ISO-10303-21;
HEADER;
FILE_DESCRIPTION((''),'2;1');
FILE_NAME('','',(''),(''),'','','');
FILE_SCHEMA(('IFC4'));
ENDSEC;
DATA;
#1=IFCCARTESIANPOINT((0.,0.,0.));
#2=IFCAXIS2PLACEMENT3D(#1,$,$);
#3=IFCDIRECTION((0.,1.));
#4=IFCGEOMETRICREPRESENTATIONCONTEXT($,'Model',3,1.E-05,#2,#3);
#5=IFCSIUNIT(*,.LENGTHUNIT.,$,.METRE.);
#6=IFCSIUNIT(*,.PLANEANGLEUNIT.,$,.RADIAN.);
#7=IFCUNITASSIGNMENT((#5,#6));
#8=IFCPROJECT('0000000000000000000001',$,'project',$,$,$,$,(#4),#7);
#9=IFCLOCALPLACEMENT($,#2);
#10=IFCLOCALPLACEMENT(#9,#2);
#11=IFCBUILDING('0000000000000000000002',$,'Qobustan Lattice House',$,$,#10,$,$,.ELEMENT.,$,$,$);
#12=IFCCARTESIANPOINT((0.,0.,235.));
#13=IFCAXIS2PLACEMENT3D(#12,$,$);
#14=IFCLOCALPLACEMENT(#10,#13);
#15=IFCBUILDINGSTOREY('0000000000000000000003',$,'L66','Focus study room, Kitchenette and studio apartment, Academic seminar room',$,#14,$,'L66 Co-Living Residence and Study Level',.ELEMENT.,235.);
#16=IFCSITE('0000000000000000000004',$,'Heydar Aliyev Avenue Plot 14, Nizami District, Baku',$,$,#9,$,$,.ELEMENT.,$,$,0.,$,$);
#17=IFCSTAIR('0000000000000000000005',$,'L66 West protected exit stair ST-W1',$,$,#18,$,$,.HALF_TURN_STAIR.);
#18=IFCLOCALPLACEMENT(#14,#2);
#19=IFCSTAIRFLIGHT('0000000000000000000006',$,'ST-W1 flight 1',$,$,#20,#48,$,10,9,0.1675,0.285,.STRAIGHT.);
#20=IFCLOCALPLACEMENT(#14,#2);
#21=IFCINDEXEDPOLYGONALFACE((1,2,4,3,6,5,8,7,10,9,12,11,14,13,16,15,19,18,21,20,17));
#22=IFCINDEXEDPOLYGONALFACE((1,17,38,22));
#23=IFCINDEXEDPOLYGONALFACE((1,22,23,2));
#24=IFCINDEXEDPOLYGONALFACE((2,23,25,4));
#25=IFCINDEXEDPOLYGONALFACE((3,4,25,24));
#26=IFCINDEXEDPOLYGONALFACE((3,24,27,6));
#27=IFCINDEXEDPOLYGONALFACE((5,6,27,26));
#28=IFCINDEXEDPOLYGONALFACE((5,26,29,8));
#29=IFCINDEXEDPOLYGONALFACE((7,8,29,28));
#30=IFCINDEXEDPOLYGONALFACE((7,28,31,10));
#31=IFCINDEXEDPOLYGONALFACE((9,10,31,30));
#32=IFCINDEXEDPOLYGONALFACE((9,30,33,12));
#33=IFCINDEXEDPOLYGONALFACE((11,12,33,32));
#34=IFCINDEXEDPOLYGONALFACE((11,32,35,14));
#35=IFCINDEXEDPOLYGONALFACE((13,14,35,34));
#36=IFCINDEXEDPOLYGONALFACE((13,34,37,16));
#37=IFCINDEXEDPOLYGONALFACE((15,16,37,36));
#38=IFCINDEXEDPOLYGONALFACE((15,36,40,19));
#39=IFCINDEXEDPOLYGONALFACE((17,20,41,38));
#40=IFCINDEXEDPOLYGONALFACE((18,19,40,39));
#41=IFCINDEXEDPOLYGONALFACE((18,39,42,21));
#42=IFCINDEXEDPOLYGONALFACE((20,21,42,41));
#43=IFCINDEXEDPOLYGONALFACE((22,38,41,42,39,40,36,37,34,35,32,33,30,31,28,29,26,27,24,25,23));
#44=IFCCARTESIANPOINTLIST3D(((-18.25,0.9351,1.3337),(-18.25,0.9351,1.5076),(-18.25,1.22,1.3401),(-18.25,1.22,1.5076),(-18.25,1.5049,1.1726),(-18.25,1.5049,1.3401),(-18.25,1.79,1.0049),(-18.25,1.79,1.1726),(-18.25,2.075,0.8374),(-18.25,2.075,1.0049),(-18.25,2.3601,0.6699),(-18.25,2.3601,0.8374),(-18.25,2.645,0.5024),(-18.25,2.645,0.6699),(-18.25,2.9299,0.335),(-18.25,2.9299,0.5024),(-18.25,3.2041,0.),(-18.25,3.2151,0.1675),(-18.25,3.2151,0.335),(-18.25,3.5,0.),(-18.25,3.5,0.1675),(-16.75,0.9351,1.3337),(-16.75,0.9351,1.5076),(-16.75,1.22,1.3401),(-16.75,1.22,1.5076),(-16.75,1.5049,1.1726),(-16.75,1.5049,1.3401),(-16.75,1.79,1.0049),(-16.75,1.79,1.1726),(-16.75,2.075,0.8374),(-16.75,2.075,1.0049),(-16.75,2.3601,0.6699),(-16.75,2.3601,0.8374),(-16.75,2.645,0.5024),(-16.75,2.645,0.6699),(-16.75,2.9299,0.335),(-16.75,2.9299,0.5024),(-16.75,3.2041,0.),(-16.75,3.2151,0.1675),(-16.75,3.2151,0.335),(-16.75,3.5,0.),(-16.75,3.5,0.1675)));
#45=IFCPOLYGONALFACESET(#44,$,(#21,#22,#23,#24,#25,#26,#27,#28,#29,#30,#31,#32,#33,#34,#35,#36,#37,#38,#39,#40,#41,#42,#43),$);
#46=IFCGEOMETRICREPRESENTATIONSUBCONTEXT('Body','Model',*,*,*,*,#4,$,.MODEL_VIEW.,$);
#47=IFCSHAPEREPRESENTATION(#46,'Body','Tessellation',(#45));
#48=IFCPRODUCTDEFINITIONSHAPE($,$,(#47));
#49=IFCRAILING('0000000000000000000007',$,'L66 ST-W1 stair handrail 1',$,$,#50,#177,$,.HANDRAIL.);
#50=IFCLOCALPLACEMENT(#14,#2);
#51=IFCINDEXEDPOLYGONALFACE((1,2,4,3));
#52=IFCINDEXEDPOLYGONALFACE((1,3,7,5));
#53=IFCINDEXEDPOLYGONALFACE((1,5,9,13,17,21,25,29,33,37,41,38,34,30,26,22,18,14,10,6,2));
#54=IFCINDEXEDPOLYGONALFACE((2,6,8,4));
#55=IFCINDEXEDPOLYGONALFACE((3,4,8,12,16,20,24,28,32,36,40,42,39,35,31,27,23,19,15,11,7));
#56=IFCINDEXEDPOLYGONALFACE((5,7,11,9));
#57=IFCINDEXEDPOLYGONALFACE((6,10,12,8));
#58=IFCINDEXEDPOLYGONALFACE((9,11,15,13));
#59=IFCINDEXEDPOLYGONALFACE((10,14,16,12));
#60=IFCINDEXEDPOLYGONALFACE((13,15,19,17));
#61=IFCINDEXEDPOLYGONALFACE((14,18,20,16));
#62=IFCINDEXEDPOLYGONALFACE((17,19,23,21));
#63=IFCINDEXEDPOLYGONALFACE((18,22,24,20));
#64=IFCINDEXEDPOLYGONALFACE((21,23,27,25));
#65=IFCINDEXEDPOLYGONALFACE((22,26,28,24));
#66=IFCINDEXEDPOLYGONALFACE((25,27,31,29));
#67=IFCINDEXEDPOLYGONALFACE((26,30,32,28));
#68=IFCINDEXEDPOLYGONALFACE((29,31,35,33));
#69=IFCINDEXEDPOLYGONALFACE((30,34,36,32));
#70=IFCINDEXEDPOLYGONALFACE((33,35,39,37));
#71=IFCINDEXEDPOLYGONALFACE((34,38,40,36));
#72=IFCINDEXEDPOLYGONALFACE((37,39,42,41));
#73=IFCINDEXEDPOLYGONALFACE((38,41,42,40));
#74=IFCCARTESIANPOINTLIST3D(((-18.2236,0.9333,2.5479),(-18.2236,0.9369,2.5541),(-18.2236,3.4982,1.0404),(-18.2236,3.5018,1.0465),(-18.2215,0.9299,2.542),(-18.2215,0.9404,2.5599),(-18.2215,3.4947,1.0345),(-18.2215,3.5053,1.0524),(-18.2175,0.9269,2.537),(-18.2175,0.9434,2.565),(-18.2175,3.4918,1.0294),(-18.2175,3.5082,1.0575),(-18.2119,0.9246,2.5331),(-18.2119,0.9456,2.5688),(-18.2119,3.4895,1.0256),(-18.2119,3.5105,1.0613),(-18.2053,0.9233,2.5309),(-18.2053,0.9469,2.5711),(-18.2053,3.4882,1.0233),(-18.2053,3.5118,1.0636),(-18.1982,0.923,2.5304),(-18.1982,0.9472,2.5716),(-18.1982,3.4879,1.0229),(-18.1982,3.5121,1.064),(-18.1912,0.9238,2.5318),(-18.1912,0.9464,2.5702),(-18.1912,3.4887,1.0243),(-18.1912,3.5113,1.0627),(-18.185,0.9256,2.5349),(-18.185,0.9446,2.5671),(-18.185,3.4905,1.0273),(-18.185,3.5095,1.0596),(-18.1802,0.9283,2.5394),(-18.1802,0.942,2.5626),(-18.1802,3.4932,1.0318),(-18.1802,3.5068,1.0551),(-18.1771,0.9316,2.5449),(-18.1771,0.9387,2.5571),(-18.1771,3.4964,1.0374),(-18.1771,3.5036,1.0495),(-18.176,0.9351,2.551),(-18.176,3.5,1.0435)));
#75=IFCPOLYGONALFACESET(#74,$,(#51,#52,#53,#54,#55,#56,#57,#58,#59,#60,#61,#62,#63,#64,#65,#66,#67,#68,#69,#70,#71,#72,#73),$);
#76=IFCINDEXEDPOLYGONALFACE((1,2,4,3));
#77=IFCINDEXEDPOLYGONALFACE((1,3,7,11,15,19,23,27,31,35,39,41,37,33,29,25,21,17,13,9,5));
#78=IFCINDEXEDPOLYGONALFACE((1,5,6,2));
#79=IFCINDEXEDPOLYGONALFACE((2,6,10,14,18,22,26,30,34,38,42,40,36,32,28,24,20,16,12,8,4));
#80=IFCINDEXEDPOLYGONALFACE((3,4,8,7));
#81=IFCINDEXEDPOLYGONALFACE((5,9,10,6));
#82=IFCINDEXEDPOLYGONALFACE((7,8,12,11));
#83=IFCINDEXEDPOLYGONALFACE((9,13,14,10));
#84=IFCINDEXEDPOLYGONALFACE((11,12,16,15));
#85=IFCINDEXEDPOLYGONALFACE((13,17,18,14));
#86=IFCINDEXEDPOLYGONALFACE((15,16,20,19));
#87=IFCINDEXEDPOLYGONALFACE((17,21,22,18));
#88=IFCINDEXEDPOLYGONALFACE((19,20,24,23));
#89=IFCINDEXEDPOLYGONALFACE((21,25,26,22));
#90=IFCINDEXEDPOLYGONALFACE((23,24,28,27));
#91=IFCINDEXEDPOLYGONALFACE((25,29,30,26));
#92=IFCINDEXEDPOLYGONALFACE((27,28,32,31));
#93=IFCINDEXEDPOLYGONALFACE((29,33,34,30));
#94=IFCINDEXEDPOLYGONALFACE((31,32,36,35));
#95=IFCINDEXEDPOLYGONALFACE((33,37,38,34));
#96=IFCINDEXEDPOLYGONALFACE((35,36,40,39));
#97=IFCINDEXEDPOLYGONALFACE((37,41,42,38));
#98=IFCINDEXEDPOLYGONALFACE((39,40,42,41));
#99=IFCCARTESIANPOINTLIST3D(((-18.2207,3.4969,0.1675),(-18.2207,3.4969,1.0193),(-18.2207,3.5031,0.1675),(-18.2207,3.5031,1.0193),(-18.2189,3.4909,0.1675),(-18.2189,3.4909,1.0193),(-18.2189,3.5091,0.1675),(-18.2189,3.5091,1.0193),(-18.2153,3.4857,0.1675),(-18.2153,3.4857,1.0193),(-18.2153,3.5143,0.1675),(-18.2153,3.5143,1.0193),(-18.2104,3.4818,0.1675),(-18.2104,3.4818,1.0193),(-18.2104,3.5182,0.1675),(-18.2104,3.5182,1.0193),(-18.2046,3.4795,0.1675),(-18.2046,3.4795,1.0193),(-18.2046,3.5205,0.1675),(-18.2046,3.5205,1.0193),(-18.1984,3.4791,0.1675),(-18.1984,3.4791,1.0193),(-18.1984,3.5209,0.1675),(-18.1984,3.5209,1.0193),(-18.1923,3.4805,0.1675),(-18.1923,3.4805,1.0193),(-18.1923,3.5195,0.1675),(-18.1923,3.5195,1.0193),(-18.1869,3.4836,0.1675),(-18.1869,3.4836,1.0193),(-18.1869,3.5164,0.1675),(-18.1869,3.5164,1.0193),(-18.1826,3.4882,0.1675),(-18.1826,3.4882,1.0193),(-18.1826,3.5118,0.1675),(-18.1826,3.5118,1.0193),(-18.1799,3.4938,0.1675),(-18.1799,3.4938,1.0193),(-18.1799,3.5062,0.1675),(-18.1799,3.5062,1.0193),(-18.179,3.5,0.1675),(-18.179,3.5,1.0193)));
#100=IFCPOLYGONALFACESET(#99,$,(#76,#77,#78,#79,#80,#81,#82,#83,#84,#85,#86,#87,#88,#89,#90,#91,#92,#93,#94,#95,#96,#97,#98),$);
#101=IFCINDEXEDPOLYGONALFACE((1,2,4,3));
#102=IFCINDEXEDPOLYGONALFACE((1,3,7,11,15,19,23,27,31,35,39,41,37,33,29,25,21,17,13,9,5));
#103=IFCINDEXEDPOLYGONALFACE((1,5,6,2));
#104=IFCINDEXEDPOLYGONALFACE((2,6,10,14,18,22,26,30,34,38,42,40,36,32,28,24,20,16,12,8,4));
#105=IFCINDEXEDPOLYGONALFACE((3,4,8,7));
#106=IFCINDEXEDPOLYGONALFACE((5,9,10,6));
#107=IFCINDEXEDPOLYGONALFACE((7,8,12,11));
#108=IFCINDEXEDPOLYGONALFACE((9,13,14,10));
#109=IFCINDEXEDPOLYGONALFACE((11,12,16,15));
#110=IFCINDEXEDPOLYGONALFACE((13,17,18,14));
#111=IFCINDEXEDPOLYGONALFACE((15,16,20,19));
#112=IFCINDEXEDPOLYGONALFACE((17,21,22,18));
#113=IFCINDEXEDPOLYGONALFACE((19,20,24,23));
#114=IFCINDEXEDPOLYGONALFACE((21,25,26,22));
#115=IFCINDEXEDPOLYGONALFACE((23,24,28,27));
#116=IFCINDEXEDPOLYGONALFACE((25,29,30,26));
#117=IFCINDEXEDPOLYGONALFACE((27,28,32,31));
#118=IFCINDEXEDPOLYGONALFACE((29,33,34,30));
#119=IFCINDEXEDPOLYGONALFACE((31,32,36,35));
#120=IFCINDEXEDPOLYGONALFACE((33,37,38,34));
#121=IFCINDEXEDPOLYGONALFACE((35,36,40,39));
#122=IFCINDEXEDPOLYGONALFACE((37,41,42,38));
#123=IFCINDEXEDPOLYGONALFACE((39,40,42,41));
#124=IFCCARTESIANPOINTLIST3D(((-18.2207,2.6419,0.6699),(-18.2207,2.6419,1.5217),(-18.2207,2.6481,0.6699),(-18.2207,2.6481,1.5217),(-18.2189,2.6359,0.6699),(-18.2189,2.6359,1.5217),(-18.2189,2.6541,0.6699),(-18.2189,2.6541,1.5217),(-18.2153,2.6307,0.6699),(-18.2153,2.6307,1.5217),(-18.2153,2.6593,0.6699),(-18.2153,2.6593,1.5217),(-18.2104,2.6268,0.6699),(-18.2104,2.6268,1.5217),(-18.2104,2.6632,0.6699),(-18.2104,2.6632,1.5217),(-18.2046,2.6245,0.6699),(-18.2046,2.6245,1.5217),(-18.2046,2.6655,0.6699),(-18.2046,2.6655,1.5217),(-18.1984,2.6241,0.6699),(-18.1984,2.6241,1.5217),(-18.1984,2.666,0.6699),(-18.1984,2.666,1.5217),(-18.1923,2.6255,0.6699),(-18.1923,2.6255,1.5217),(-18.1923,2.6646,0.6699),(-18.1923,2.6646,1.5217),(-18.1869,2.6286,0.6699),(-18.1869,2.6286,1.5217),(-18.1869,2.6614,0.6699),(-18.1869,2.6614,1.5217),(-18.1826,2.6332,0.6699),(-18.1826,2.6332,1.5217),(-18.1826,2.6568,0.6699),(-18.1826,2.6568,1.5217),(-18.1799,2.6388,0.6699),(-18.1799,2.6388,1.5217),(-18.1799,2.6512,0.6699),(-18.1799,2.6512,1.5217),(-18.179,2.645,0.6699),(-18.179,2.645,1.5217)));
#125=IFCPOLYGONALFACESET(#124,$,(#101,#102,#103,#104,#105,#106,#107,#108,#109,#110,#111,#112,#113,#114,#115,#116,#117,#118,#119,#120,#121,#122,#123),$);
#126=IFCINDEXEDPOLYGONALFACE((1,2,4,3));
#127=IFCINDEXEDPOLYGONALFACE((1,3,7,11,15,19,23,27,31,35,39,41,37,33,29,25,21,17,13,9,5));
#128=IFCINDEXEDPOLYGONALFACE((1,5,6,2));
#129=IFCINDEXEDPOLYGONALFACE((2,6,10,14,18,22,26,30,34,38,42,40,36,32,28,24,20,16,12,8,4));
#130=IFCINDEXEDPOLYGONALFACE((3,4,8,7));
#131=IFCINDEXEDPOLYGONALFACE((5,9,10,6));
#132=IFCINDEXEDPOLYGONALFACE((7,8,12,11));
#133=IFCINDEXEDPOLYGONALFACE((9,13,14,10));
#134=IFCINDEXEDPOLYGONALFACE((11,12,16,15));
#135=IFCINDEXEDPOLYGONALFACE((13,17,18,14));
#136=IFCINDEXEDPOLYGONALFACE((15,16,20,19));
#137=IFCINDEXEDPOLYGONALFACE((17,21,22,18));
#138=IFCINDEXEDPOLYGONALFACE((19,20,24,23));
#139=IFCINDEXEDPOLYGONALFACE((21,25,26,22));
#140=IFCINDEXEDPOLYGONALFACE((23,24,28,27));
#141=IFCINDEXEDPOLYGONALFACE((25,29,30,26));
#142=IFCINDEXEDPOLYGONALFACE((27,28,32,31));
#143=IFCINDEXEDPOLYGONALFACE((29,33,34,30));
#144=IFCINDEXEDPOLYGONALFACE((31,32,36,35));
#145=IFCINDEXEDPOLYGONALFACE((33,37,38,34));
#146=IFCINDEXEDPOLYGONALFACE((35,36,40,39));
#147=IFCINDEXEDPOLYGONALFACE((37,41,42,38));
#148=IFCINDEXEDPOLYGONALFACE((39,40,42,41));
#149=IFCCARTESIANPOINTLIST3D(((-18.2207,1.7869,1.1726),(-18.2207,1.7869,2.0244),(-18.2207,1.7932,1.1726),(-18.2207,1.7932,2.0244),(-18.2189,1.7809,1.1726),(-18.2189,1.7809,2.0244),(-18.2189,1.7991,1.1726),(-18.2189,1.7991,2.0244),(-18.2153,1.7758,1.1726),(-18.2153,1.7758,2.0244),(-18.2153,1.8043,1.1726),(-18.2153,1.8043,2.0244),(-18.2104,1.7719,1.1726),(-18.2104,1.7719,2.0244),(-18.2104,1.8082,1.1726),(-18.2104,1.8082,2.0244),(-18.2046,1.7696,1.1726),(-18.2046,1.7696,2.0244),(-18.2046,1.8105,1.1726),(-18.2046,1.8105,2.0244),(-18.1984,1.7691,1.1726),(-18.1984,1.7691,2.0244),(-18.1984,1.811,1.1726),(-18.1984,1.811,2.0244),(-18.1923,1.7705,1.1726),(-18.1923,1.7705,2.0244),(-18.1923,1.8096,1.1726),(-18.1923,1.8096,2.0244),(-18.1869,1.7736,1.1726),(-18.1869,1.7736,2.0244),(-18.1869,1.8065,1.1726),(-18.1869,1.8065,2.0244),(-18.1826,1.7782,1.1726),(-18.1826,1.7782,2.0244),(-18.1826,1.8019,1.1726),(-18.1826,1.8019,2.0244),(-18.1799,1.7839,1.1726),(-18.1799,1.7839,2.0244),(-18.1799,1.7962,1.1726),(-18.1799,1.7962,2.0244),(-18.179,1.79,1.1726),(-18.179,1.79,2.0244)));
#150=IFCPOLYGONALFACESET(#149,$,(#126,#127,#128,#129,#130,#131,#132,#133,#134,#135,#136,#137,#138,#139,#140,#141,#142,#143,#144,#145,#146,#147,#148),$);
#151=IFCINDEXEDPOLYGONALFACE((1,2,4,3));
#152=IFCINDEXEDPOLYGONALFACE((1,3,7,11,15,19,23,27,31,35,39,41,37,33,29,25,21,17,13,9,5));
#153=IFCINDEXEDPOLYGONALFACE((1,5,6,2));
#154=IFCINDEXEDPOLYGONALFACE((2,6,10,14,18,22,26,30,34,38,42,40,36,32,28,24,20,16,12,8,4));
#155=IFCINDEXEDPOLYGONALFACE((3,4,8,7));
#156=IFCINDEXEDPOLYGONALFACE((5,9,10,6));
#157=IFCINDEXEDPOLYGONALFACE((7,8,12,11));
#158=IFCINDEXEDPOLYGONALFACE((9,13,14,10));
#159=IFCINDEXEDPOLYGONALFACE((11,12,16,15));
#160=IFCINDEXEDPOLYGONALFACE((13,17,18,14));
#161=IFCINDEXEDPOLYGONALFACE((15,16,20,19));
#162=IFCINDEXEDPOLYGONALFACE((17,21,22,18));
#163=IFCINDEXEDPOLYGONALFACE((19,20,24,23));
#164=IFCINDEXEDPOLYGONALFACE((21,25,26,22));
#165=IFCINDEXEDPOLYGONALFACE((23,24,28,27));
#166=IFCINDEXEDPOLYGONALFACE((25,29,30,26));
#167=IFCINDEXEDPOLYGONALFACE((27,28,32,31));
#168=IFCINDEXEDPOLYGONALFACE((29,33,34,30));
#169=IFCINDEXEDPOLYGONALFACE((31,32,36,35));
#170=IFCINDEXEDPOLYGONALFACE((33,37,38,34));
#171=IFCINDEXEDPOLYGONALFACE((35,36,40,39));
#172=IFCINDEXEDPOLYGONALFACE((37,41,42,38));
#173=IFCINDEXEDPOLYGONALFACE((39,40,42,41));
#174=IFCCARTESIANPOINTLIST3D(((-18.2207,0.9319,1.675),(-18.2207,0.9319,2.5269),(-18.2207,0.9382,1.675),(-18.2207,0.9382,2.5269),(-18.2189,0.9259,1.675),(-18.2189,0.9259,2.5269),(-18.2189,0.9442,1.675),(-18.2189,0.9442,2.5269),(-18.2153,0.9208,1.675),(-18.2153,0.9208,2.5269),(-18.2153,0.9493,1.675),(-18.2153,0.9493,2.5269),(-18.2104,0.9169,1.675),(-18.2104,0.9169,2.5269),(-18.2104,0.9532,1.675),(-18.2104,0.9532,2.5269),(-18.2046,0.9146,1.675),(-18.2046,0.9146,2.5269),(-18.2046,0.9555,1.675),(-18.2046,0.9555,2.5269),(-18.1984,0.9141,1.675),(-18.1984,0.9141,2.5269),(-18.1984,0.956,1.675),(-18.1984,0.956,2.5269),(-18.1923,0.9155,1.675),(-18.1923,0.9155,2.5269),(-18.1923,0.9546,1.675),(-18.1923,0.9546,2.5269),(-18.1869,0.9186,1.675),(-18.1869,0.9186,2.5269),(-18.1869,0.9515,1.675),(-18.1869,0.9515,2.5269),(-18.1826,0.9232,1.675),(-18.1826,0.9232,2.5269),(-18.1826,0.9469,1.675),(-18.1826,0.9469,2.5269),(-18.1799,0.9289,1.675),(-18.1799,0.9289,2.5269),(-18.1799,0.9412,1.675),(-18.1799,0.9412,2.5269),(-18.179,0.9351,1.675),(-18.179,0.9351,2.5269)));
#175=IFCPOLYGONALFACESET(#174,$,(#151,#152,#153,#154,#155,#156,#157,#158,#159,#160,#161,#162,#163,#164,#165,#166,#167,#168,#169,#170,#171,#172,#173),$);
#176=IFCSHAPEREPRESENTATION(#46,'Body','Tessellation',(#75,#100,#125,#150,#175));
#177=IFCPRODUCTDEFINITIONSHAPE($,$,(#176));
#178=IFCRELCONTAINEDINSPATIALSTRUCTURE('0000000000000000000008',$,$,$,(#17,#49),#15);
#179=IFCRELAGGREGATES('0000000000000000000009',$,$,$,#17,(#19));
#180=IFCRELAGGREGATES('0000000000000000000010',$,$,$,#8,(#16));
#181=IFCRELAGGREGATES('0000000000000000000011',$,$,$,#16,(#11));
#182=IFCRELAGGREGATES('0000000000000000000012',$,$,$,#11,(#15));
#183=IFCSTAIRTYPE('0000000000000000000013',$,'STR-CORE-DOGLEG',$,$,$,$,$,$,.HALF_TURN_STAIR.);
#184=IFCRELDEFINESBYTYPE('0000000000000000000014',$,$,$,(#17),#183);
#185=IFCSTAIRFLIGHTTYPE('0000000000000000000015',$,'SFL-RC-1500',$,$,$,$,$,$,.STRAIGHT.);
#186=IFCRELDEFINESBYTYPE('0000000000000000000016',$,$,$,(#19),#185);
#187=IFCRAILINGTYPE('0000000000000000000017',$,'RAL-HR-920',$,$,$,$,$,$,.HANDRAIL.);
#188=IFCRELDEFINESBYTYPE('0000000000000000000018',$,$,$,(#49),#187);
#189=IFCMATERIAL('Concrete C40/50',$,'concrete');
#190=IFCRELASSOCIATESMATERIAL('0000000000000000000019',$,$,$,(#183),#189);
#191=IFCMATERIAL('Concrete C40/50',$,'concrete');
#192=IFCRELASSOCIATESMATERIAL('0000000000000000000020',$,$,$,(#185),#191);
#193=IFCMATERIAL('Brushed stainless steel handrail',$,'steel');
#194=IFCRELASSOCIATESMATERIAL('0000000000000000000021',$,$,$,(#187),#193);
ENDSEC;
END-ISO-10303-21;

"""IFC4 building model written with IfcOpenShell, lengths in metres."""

from ifc_helpers import new_model, si_unit, direction, frame, origin, origin_2d, place, context, subcontext, project, spatial, polyline, circle, outline, extrude, material, type_object, element, aggregate, save


model = new_model("IFC4")

# Units and contexts
model_context = context("Model", 3, precision=1e-05, world=origin(), true_north=direction((0.0, 1.0)))
body_context = subcontext(model_context, "Body", "Model", "MODEL_VIEW")
ifc_project = project(units=[si_unit("LENGTHUNIT", "METRE"), si_unit("PLANEANGLEUNIT", "RADIAN")], contexts=[model_context])

# Site, building, storey
site_placement = place(None, origin())
site = spatial("IfcSite", under=ifc_project, at=site_placement, Name="Heydar Aliyev Avenue Plot 14, Nizami District, Baku", CompositionType="ELEMENT", RefElevation=0.0)
building_placement = place(site_placement, origin())
building = spatial("IfcBuilding", under=site, at=building_placement, Name="Qobustan Lattice House", CompositionType="ELEMENT")
storey_placement = place(building_placement, frame((0.0, 0.0, 235.0)))
storey = spatial("IfcBuildingStorey", under=building, at=storey_placement, Name="L66", Description="Focus study room, Kitchenette and studio apartment, Academic seminar room", LongName="L66 Co-Living Residence and Study Level", CompositionType="ELEMENT", Elevation=235.0)

# Stair, stair flight
ifc_material_1 = material(Name="Concrete C40/50", Category="concrete")
stair_type = type_object("IfcStairType", Name="STR-CORE-DOGLEG", PredefinedType="HALF_TURN_STAIR", material=ifc_material_1)
stair_placement = place(storey_placement, origin())
stair = element("IfcStair", 1, at=stair_placement, inside=storey, type_object=stair_type, Name="L66 West protected exit stair ST-W1", PredefinedType="HALF_TURN_STAIR")
ifc_material_2 = material(Name="Concrete C40/50", Category="concrete")
stair_flight_type = type_object("IfcStairFlightType", Name="SFL-RC-1500", PredefinedType="STRAIGHT", material=ifc_material_2)
stair_flight_placement = place(storey_placement, frame((-17.5, 3.5, 0.0), z_axis=(0.0, 0.0, 1.0), x_axis=(0.0, -1.0, 0.0)))
stair_flight = element("IfcStairFlight", 2, at=stair_flight_placement, type_object=stair_flight_type, Name="ST-W1 flight 1", NumberOfRisers=10, NumberOfTreads=9, PredefinedType="STRAIGHT", RiserHeight=0.1675, TreadLength=0.285, context=body_context, shape_type="SweptSolid", body=[
    extrude(outline(polyline([(0.0, 0.0), (0.0, 0.1675), (0.2849, 0.1675), (0.2849, 0.335), (0.5701, 0.335), (0.5701, 0.5024), (0.855, 0.5024), (0.855, 0.6699), (1.1399, 0.6699), (1.1399, 0.8374), (1.425, 0.8374), (1.425, 1.0049), (1.71, 1.0049), (1.71, 1.1726), (1.9951, 1.1726), (1.9951, 1.3401), (2.28, 1.3401), (2.28, 1.5076), (2.5649, 1.5076), (2.5649, 1.675), (2.5649, 1.3337), (0.2959, 0.0), (0.0, 0.0)])), frame((0.0, 0.75, 0.0), z_axis=(0.0, -1.0, 0.0), x_axis=(1.0, 0.0, 0.0)), (0.0, 0.0, 1.0), 1.5),
])
aggregate(stair, [stair_flight])

# Railing
ifc_material_3 = material(Name="Brushed stainless steel handrail", Category="steel")
railing_type = type_object("IfcRailingType", Name="RAL-HR-920", PredefinedType="HANDRAIL", material=ifc_material_3)
railing_placement = place(storey_placement, frame((-18.2, 3.5, 0.1675)))
element("IfcRailing", 3, at=railing_placement, inside=storey, type_object=railing_type, Name="L66 ST-W1 stair handrail 1", PredefinedType="HANDRAIL", context=body_context, shape_type="SweptSolid", body=[
    extrude(circle(Radius=0.0239, at=origin_2d()), frame((0.0, 0.0, 0.876), z_axis=(0.0, -0.862113, 0.506715), x_axis=(1.0, 0.0, 0.0)), (0.0, 0.0, 1.0), 2.9751),
    extrude(circle(Radius=0.021, at=origin_2d()), origin(), (0.0, 0.0, 1.0), 0.8518),
    extrude(circle(Radius=0.021, at=origin_2d()), frame((0.0, -0.855, 0.5024)), (0.0, 0.0, 1.0), 0.8518),
    extrude(circle(Radius=0.021, at=origin_2d()), frame((0.0, -1.71, 1.0051)), (0.0, 0.0, 1.0), 0.8518),
    extrude(circle(Radius=0.021, at=origin_2d()), frame((0.0, -2.5649, 1.5076)), (0.0, 0.0, 1.0), 0.8518),
])

save(model, "model.ifc")
